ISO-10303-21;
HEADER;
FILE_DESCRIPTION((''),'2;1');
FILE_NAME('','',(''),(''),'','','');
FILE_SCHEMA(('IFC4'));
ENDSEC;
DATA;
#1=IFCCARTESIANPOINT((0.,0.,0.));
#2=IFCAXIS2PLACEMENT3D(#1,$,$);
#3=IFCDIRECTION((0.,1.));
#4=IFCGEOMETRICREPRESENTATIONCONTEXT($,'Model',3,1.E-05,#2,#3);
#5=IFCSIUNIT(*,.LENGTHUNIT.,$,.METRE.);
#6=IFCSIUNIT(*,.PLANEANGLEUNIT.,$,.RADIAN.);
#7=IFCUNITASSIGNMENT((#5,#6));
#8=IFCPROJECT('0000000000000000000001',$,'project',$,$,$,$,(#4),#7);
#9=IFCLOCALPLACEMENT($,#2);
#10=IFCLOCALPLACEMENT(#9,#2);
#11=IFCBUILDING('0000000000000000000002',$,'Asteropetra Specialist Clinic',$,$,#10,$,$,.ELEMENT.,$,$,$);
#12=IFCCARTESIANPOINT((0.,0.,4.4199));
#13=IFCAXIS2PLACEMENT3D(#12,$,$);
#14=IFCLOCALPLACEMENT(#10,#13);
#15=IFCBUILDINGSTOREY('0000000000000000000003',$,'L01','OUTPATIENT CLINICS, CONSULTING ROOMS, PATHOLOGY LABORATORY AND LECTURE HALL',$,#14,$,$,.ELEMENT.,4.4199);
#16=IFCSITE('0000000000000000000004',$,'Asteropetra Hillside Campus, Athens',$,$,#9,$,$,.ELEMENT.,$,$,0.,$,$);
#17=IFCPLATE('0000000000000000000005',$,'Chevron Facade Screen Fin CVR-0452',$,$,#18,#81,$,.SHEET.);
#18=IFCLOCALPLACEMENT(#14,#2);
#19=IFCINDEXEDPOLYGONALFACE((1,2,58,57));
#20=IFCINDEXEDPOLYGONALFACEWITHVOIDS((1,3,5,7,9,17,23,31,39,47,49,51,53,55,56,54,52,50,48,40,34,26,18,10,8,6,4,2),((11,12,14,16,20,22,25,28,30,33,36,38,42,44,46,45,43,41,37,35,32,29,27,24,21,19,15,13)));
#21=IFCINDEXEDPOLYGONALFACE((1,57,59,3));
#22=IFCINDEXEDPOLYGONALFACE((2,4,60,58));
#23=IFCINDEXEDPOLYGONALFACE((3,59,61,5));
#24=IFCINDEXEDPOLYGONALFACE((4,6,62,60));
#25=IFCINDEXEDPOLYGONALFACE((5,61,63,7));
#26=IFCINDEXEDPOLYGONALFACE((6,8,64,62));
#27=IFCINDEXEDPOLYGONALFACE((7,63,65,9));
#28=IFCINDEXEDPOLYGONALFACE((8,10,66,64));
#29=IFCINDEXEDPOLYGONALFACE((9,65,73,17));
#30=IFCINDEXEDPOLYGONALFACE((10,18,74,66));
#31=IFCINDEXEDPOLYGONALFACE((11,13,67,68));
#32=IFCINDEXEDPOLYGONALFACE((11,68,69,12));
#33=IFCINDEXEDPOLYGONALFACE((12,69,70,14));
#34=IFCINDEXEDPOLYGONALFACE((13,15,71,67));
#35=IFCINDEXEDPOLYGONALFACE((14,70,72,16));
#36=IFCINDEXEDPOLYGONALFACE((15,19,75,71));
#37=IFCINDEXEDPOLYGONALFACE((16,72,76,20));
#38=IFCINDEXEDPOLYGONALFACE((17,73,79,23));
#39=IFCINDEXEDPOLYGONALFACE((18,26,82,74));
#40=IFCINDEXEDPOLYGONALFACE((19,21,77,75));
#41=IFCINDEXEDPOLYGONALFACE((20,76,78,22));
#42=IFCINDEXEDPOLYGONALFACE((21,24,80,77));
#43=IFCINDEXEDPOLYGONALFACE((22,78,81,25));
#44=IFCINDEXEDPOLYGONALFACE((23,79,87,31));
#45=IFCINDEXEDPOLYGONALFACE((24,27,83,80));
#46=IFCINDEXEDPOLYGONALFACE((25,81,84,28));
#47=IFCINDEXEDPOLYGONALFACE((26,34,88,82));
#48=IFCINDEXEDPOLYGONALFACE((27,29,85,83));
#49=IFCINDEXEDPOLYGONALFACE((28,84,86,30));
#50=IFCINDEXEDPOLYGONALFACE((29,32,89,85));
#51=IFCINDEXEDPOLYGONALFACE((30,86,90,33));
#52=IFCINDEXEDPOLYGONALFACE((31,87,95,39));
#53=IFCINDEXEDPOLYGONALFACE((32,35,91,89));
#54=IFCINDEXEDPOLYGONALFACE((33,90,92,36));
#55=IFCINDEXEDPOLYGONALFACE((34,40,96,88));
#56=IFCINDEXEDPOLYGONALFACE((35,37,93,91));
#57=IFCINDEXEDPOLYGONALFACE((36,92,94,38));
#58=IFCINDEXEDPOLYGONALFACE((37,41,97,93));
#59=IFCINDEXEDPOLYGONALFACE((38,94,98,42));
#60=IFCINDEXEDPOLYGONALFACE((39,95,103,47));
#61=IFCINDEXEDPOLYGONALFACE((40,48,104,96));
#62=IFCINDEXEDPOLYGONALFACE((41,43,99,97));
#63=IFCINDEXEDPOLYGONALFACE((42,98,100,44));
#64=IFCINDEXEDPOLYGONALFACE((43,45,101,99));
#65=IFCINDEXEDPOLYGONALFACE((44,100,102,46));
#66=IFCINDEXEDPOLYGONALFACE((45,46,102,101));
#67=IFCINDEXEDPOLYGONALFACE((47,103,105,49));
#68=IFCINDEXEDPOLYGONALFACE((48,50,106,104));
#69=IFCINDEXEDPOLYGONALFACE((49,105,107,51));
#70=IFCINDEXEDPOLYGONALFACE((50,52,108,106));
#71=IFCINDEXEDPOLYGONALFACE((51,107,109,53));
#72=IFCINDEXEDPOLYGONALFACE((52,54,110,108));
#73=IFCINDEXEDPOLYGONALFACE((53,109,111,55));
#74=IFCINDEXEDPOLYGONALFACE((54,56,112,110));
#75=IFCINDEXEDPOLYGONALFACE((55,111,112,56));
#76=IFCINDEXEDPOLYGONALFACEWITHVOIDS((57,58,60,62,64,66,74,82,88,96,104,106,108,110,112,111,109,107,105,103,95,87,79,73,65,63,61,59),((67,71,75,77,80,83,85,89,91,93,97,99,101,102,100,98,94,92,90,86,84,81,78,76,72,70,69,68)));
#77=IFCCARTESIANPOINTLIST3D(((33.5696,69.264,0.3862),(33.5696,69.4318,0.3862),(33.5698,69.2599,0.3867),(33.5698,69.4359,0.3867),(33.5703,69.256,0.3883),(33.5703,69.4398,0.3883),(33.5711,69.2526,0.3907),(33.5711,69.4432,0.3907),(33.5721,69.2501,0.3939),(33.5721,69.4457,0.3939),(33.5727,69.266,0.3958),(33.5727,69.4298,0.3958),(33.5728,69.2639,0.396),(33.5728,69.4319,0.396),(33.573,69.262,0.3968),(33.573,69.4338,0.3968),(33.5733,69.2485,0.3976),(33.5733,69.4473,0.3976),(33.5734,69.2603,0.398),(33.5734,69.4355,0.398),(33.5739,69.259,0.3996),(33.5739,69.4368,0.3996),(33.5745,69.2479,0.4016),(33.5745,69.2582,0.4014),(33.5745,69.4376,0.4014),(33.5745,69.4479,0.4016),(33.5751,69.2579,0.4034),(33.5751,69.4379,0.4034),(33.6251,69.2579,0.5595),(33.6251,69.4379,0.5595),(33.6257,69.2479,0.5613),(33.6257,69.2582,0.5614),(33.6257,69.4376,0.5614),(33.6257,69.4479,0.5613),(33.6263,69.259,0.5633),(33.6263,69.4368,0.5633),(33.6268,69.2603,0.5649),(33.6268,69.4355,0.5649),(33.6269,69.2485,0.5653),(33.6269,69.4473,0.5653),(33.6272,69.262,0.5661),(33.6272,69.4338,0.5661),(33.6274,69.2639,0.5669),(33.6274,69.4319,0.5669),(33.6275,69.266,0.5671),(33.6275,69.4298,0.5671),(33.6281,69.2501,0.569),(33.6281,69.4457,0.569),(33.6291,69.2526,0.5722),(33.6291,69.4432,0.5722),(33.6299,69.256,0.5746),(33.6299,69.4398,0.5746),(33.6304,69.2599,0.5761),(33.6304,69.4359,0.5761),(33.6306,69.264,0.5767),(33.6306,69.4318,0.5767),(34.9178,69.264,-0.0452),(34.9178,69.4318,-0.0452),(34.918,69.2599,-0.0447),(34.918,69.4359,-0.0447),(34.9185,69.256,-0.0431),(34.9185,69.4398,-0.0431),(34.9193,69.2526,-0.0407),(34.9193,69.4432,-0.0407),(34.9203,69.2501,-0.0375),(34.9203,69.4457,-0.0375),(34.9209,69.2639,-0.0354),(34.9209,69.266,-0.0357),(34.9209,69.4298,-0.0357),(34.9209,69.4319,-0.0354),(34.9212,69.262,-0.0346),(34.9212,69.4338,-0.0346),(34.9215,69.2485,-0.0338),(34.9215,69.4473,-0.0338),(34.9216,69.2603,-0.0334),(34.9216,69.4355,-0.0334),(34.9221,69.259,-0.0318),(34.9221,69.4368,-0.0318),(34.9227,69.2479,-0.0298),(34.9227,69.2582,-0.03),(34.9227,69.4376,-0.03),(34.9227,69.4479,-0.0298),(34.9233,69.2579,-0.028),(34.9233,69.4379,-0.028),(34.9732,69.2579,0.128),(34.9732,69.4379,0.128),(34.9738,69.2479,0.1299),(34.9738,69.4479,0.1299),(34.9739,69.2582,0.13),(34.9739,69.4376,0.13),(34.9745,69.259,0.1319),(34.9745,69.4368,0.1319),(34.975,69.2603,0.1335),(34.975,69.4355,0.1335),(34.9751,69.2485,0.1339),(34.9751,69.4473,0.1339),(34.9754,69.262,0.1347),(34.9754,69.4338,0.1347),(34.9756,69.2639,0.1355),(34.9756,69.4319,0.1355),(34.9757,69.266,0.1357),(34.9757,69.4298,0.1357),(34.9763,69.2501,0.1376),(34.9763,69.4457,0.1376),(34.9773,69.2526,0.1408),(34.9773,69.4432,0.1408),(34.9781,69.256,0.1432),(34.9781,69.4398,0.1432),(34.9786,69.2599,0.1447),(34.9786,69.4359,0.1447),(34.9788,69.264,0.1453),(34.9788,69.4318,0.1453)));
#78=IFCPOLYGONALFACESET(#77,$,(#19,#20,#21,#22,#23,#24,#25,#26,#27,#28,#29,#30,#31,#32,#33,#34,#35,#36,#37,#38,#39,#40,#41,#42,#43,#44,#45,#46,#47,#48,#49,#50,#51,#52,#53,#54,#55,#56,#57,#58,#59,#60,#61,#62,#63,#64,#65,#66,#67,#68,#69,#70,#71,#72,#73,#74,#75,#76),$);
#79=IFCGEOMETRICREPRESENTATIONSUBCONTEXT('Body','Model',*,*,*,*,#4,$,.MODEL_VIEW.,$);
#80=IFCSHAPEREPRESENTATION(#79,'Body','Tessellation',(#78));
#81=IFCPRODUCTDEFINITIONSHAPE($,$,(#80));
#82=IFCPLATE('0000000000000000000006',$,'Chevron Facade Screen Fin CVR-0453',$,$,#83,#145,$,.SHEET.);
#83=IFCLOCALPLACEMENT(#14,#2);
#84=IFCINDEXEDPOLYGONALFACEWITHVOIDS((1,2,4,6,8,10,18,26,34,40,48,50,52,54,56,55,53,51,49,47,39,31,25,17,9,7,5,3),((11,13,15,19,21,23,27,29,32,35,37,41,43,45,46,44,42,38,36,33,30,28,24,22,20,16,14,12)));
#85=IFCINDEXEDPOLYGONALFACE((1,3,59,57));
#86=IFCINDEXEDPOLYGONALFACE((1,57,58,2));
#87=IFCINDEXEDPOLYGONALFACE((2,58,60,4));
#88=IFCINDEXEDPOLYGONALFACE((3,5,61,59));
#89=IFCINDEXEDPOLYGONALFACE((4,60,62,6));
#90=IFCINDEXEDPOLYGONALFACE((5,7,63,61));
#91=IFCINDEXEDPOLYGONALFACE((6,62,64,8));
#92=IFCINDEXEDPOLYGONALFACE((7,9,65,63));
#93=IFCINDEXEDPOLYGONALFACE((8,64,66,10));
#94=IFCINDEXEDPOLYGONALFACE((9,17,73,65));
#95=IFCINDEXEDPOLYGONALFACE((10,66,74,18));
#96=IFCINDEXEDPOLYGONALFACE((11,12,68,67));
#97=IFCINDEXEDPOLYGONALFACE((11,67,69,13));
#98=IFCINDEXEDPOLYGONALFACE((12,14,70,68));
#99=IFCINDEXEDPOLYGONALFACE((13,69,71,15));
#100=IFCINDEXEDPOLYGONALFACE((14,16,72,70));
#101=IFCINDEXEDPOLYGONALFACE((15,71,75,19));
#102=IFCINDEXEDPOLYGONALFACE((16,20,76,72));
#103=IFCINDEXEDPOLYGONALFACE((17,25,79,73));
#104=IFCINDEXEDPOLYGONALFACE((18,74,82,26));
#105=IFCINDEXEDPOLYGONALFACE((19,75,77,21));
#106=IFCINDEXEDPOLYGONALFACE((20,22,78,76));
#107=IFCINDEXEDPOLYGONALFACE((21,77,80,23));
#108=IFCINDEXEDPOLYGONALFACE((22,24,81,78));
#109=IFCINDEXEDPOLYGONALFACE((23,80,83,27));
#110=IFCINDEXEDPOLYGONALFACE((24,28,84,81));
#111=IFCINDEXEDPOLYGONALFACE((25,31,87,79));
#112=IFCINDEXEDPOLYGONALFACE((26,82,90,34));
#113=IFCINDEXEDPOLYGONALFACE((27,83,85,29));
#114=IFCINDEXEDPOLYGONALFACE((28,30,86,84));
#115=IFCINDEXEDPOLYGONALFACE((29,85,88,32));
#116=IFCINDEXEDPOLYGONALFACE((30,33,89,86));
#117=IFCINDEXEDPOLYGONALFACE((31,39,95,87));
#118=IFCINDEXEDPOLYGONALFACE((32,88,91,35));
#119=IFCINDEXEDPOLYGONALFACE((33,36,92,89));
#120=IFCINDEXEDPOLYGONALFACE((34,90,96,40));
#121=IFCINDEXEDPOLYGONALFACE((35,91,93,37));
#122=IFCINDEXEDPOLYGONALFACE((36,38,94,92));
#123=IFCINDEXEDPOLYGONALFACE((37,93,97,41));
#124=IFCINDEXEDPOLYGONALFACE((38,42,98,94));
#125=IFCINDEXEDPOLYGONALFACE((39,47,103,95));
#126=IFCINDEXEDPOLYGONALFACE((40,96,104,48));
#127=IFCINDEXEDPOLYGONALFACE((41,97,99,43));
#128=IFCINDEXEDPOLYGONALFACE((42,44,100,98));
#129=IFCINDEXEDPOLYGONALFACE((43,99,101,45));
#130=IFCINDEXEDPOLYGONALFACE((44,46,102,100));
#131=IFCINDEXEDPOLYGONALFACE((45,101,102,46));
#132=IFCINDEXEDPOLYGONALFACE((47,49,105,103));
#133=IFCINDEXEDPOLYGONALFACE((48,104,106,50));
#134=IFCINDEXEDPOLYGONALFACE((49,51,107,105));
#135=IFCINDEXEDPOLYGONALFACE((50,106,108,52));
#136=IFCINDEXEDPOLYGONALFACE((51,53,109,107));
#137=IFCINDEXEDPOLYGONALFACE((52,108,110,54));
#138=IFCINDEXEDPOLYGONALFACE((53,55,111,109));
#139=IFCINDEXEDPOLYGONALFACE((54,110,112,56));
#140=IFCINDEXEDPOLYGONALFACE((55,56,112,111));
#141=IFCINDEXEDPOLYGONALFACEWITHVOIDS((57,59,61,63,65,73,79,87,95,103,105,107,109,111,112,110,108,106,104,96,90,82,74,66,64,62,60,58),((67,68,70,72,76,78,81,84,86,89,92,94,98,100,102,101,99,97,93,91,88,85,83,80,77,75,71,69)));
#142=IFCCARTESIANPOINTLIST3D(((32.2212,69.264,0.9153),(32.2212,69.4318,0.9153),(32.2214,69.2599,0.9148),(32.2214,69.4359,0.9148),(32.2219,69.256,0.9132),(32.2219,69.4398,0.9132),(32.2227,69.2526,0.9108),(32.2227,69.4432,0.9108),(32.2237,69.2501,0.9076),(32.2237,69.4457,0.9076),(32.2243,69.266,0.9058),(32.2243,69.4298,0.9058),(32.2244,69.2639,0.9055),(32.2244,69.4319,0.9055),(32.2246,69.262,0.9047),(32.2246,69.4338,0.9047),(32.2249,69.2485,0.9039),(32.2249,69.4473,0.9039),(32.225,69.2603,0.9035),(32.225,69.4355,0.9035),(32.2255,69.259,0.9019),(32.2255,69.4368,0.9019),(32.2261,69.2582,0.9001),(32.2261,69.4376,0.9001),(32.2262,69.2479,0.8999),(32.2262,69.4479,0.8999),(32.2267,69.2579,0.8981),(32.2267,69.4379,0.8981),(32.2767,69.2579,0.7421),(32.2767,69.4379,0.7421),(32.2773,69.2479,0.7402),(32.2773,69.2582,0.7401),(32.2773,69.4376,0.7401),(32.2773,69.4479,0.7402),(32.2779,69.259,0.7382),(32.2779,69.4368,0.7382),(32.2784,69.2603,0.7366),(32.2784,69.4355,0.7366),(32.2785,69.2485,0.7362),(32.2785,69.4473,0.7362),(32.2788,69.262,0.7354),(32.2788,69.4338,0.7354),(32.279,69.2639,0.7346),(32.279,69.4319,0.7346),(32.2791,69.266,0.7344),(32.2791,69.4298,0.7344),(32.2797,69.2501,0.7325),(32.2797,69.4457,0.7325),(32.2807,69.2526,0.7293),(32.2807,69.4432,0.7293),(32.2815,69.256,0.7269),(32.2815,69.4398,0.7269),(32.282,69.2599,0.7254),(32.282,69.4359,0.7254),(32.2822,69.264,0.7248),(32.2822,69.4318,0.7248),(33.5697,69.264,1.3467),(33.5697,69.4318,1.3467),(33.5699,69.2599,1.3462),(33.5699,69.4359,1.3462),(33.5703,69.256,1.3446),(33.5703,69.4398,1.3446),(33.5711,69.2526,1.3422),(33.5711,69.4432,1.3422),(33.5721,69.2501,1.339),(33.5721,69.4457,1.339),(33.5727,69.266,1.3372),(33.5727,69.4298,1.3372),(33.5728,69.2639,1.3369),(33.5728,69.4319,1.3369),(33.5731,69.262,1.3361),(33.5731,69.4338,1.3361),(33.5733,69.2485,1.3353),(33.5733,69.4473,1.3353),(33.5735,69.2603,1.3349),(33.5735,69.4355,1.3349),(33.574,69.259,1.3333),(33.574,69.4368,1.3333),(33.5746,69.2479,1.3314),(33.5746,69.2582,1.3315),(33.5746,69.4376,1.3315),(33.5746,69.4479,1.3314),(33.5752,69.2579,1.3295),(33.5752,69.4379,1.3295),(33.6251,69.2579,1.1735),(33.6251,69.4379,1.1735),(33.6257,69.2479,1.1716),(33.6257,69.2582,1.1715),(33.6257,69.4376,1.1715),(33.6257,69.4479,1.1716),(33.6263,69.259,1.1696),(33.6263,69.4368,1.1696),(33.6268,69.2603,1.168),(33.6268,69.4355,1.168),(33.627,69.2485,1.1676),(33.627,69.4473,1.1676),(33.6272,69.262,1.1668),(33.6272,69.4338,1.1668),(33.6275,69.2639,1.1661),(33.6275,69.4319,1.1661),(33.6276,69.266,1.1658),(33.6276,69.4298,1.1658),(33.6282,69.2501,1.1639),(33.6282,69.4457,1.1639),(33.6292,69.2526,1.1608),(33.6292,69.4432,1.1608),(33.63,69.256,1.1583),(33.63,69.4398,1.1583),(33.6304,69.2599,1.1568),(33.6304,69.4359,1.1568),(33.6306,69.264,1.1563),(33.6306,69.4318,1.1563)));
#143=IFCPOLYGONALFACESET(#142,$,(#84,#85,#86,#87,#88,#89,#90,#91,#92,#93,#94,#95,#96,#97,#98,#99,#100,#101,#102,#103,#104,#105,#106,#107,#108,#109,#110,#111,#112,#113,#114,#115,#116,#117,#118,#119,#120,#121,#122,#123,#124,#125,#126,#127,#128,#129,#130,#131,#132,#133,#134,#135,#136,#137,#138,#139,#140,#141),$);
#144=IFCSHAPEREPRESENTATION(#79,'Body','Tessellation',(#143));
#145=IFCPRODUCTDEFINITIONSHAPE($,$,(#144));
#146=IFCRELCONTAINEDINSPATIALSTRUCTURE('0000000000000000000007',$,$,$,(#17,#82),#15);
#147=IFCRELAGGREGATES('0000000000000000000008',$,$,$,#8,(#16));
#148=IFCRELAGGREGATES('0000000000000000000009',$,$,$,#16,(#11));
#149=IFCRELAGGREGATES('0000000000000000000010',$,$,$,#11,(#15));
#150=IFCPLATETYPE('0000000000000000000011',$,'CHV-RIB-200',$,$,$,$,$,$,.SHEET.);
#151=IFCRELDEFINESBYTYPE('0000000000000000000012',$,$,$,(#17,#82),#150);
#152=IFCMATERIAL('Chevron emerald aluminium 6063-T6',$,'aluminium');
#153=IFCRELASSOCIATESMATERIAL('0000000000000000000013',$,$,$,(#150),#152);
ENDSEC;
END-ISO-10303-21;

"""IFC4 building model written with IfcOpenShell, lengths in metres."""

from ifc_helpers import new_model, si_unit, direction, frame, origin, origin_2d, place, context, subcontext, project, spatial, hollow_rectangle, extrude, material, material_profile, profile_set, type_object, element, save


model = new_model("IFC4")

# Units and contexts
model_context = context("Model", 3, precision=1e-05, world=origin(), true_north=direction((0.0, 1.0)))
body_context = subcontext(model_context, "Body", "Model", "MODEL_VIEW")
ifc_project = project(units=[si_unit("LENGTHUNIT", "METRE"), si_unit("PLANEANGLEUNIT", "RADIAN")], contexts=[model_context])

# Site, building, storey
site_placement = place(None, origin())
site = spatial("IfcSite", under=ifc_project, at=site_placement, Name="Asteropetra Hillside Campus, Athens", CompositionType="ELEMENT", RefElevation=0.0)
building_placement = place(site_placement, origin())
building = spatial("IfcBuilding", under=site, at=building_placement, Name="Asteropetra Specialist Clinic", CompositionType="ELEMENT")
storey_placement = place(building_placement, frame((0.0, 0.0, 4.4199)))
storey = spatial("IfcBuildingStorey", under=building, at=storey_placement, Name="L01", Description="OUTPATIENT CLINICS, CONSULTING ROOMS, PATHOLOGY LABORATORY AND LECTURE HALL", CompositionType="ELEMENT", Elevation=4.4199)

# Plates
ifc_material_1 = material(Name="Chevron emerald aluminium 6063-T6", Category="aluminium")
ifc_material_profile = material_profile(ifc_material_1, hollow_rectangle(XDim=0.2, YDim=0.2, WallThickness=0.01, InnerFilletRadius=0.0081, OuterFilletRadius=0.0161, at=origin_2d()), Name="SHS 200x200x10.0")
ifc_profile_set = profile_set([ifc_material_profile], Name="Chevron emerald aluminium 6063-T6")
plate_type = type_object("IfcPlateType", Name="CHV-RIB-200", PredefinedType="SHEET", material=ifc_profile_set)
plate_1_placement = place(storey_placement, frame((33.6001, 69.3479, 0.4814), z_axis=(0.952426, 0.0, -0.304769), x_axis=(0.0, 1.0, 0.0)))
element("IfcPlate", 1, at=plate_1_placement, inside=storey, type_object=plate_type, Name="Chevron Facade Screen Fin CVR-0452", PredefinedType="SHEET", context=body_context, shape_type="SweptSolid", body=[
    extrude(hollow_rectangle(XDim=0.2, YDim=0.2, WallThickness=0.01, InnerFilletRadius=0.0081, OuterFilletRadius=0.0161, at=origin_2d()), origin(), (0.0, 0.0, 1.0), 1.4155),
])
plate_2_placement = place(storey_placement, frame((32.2517, 69.3479, 0.8201), z_axis=(0.952442, 0.0, 0.304719), x_axis=(0.0, 1.0, 0.0)))
element("IfcPlate", 2, at=plate_2_placement, inside=storey, type_object=plate_type, Name="Chevron Facade Screen Fin CVR-0453", PredefinedType="SHEET", context=body_context, shape_type="SweptSolid", body=[
    extrude(hollow_rectangle(XDim=0.2, YDim=0.2, WallThickness=0.01, InnerFilletRadius=0.0081, OuterFilletRadius=0.0161, at=origin_2d()), origin(), (0.0, 0.0, 1.0), 1.4158),
])

save(model, "model.ifc")
